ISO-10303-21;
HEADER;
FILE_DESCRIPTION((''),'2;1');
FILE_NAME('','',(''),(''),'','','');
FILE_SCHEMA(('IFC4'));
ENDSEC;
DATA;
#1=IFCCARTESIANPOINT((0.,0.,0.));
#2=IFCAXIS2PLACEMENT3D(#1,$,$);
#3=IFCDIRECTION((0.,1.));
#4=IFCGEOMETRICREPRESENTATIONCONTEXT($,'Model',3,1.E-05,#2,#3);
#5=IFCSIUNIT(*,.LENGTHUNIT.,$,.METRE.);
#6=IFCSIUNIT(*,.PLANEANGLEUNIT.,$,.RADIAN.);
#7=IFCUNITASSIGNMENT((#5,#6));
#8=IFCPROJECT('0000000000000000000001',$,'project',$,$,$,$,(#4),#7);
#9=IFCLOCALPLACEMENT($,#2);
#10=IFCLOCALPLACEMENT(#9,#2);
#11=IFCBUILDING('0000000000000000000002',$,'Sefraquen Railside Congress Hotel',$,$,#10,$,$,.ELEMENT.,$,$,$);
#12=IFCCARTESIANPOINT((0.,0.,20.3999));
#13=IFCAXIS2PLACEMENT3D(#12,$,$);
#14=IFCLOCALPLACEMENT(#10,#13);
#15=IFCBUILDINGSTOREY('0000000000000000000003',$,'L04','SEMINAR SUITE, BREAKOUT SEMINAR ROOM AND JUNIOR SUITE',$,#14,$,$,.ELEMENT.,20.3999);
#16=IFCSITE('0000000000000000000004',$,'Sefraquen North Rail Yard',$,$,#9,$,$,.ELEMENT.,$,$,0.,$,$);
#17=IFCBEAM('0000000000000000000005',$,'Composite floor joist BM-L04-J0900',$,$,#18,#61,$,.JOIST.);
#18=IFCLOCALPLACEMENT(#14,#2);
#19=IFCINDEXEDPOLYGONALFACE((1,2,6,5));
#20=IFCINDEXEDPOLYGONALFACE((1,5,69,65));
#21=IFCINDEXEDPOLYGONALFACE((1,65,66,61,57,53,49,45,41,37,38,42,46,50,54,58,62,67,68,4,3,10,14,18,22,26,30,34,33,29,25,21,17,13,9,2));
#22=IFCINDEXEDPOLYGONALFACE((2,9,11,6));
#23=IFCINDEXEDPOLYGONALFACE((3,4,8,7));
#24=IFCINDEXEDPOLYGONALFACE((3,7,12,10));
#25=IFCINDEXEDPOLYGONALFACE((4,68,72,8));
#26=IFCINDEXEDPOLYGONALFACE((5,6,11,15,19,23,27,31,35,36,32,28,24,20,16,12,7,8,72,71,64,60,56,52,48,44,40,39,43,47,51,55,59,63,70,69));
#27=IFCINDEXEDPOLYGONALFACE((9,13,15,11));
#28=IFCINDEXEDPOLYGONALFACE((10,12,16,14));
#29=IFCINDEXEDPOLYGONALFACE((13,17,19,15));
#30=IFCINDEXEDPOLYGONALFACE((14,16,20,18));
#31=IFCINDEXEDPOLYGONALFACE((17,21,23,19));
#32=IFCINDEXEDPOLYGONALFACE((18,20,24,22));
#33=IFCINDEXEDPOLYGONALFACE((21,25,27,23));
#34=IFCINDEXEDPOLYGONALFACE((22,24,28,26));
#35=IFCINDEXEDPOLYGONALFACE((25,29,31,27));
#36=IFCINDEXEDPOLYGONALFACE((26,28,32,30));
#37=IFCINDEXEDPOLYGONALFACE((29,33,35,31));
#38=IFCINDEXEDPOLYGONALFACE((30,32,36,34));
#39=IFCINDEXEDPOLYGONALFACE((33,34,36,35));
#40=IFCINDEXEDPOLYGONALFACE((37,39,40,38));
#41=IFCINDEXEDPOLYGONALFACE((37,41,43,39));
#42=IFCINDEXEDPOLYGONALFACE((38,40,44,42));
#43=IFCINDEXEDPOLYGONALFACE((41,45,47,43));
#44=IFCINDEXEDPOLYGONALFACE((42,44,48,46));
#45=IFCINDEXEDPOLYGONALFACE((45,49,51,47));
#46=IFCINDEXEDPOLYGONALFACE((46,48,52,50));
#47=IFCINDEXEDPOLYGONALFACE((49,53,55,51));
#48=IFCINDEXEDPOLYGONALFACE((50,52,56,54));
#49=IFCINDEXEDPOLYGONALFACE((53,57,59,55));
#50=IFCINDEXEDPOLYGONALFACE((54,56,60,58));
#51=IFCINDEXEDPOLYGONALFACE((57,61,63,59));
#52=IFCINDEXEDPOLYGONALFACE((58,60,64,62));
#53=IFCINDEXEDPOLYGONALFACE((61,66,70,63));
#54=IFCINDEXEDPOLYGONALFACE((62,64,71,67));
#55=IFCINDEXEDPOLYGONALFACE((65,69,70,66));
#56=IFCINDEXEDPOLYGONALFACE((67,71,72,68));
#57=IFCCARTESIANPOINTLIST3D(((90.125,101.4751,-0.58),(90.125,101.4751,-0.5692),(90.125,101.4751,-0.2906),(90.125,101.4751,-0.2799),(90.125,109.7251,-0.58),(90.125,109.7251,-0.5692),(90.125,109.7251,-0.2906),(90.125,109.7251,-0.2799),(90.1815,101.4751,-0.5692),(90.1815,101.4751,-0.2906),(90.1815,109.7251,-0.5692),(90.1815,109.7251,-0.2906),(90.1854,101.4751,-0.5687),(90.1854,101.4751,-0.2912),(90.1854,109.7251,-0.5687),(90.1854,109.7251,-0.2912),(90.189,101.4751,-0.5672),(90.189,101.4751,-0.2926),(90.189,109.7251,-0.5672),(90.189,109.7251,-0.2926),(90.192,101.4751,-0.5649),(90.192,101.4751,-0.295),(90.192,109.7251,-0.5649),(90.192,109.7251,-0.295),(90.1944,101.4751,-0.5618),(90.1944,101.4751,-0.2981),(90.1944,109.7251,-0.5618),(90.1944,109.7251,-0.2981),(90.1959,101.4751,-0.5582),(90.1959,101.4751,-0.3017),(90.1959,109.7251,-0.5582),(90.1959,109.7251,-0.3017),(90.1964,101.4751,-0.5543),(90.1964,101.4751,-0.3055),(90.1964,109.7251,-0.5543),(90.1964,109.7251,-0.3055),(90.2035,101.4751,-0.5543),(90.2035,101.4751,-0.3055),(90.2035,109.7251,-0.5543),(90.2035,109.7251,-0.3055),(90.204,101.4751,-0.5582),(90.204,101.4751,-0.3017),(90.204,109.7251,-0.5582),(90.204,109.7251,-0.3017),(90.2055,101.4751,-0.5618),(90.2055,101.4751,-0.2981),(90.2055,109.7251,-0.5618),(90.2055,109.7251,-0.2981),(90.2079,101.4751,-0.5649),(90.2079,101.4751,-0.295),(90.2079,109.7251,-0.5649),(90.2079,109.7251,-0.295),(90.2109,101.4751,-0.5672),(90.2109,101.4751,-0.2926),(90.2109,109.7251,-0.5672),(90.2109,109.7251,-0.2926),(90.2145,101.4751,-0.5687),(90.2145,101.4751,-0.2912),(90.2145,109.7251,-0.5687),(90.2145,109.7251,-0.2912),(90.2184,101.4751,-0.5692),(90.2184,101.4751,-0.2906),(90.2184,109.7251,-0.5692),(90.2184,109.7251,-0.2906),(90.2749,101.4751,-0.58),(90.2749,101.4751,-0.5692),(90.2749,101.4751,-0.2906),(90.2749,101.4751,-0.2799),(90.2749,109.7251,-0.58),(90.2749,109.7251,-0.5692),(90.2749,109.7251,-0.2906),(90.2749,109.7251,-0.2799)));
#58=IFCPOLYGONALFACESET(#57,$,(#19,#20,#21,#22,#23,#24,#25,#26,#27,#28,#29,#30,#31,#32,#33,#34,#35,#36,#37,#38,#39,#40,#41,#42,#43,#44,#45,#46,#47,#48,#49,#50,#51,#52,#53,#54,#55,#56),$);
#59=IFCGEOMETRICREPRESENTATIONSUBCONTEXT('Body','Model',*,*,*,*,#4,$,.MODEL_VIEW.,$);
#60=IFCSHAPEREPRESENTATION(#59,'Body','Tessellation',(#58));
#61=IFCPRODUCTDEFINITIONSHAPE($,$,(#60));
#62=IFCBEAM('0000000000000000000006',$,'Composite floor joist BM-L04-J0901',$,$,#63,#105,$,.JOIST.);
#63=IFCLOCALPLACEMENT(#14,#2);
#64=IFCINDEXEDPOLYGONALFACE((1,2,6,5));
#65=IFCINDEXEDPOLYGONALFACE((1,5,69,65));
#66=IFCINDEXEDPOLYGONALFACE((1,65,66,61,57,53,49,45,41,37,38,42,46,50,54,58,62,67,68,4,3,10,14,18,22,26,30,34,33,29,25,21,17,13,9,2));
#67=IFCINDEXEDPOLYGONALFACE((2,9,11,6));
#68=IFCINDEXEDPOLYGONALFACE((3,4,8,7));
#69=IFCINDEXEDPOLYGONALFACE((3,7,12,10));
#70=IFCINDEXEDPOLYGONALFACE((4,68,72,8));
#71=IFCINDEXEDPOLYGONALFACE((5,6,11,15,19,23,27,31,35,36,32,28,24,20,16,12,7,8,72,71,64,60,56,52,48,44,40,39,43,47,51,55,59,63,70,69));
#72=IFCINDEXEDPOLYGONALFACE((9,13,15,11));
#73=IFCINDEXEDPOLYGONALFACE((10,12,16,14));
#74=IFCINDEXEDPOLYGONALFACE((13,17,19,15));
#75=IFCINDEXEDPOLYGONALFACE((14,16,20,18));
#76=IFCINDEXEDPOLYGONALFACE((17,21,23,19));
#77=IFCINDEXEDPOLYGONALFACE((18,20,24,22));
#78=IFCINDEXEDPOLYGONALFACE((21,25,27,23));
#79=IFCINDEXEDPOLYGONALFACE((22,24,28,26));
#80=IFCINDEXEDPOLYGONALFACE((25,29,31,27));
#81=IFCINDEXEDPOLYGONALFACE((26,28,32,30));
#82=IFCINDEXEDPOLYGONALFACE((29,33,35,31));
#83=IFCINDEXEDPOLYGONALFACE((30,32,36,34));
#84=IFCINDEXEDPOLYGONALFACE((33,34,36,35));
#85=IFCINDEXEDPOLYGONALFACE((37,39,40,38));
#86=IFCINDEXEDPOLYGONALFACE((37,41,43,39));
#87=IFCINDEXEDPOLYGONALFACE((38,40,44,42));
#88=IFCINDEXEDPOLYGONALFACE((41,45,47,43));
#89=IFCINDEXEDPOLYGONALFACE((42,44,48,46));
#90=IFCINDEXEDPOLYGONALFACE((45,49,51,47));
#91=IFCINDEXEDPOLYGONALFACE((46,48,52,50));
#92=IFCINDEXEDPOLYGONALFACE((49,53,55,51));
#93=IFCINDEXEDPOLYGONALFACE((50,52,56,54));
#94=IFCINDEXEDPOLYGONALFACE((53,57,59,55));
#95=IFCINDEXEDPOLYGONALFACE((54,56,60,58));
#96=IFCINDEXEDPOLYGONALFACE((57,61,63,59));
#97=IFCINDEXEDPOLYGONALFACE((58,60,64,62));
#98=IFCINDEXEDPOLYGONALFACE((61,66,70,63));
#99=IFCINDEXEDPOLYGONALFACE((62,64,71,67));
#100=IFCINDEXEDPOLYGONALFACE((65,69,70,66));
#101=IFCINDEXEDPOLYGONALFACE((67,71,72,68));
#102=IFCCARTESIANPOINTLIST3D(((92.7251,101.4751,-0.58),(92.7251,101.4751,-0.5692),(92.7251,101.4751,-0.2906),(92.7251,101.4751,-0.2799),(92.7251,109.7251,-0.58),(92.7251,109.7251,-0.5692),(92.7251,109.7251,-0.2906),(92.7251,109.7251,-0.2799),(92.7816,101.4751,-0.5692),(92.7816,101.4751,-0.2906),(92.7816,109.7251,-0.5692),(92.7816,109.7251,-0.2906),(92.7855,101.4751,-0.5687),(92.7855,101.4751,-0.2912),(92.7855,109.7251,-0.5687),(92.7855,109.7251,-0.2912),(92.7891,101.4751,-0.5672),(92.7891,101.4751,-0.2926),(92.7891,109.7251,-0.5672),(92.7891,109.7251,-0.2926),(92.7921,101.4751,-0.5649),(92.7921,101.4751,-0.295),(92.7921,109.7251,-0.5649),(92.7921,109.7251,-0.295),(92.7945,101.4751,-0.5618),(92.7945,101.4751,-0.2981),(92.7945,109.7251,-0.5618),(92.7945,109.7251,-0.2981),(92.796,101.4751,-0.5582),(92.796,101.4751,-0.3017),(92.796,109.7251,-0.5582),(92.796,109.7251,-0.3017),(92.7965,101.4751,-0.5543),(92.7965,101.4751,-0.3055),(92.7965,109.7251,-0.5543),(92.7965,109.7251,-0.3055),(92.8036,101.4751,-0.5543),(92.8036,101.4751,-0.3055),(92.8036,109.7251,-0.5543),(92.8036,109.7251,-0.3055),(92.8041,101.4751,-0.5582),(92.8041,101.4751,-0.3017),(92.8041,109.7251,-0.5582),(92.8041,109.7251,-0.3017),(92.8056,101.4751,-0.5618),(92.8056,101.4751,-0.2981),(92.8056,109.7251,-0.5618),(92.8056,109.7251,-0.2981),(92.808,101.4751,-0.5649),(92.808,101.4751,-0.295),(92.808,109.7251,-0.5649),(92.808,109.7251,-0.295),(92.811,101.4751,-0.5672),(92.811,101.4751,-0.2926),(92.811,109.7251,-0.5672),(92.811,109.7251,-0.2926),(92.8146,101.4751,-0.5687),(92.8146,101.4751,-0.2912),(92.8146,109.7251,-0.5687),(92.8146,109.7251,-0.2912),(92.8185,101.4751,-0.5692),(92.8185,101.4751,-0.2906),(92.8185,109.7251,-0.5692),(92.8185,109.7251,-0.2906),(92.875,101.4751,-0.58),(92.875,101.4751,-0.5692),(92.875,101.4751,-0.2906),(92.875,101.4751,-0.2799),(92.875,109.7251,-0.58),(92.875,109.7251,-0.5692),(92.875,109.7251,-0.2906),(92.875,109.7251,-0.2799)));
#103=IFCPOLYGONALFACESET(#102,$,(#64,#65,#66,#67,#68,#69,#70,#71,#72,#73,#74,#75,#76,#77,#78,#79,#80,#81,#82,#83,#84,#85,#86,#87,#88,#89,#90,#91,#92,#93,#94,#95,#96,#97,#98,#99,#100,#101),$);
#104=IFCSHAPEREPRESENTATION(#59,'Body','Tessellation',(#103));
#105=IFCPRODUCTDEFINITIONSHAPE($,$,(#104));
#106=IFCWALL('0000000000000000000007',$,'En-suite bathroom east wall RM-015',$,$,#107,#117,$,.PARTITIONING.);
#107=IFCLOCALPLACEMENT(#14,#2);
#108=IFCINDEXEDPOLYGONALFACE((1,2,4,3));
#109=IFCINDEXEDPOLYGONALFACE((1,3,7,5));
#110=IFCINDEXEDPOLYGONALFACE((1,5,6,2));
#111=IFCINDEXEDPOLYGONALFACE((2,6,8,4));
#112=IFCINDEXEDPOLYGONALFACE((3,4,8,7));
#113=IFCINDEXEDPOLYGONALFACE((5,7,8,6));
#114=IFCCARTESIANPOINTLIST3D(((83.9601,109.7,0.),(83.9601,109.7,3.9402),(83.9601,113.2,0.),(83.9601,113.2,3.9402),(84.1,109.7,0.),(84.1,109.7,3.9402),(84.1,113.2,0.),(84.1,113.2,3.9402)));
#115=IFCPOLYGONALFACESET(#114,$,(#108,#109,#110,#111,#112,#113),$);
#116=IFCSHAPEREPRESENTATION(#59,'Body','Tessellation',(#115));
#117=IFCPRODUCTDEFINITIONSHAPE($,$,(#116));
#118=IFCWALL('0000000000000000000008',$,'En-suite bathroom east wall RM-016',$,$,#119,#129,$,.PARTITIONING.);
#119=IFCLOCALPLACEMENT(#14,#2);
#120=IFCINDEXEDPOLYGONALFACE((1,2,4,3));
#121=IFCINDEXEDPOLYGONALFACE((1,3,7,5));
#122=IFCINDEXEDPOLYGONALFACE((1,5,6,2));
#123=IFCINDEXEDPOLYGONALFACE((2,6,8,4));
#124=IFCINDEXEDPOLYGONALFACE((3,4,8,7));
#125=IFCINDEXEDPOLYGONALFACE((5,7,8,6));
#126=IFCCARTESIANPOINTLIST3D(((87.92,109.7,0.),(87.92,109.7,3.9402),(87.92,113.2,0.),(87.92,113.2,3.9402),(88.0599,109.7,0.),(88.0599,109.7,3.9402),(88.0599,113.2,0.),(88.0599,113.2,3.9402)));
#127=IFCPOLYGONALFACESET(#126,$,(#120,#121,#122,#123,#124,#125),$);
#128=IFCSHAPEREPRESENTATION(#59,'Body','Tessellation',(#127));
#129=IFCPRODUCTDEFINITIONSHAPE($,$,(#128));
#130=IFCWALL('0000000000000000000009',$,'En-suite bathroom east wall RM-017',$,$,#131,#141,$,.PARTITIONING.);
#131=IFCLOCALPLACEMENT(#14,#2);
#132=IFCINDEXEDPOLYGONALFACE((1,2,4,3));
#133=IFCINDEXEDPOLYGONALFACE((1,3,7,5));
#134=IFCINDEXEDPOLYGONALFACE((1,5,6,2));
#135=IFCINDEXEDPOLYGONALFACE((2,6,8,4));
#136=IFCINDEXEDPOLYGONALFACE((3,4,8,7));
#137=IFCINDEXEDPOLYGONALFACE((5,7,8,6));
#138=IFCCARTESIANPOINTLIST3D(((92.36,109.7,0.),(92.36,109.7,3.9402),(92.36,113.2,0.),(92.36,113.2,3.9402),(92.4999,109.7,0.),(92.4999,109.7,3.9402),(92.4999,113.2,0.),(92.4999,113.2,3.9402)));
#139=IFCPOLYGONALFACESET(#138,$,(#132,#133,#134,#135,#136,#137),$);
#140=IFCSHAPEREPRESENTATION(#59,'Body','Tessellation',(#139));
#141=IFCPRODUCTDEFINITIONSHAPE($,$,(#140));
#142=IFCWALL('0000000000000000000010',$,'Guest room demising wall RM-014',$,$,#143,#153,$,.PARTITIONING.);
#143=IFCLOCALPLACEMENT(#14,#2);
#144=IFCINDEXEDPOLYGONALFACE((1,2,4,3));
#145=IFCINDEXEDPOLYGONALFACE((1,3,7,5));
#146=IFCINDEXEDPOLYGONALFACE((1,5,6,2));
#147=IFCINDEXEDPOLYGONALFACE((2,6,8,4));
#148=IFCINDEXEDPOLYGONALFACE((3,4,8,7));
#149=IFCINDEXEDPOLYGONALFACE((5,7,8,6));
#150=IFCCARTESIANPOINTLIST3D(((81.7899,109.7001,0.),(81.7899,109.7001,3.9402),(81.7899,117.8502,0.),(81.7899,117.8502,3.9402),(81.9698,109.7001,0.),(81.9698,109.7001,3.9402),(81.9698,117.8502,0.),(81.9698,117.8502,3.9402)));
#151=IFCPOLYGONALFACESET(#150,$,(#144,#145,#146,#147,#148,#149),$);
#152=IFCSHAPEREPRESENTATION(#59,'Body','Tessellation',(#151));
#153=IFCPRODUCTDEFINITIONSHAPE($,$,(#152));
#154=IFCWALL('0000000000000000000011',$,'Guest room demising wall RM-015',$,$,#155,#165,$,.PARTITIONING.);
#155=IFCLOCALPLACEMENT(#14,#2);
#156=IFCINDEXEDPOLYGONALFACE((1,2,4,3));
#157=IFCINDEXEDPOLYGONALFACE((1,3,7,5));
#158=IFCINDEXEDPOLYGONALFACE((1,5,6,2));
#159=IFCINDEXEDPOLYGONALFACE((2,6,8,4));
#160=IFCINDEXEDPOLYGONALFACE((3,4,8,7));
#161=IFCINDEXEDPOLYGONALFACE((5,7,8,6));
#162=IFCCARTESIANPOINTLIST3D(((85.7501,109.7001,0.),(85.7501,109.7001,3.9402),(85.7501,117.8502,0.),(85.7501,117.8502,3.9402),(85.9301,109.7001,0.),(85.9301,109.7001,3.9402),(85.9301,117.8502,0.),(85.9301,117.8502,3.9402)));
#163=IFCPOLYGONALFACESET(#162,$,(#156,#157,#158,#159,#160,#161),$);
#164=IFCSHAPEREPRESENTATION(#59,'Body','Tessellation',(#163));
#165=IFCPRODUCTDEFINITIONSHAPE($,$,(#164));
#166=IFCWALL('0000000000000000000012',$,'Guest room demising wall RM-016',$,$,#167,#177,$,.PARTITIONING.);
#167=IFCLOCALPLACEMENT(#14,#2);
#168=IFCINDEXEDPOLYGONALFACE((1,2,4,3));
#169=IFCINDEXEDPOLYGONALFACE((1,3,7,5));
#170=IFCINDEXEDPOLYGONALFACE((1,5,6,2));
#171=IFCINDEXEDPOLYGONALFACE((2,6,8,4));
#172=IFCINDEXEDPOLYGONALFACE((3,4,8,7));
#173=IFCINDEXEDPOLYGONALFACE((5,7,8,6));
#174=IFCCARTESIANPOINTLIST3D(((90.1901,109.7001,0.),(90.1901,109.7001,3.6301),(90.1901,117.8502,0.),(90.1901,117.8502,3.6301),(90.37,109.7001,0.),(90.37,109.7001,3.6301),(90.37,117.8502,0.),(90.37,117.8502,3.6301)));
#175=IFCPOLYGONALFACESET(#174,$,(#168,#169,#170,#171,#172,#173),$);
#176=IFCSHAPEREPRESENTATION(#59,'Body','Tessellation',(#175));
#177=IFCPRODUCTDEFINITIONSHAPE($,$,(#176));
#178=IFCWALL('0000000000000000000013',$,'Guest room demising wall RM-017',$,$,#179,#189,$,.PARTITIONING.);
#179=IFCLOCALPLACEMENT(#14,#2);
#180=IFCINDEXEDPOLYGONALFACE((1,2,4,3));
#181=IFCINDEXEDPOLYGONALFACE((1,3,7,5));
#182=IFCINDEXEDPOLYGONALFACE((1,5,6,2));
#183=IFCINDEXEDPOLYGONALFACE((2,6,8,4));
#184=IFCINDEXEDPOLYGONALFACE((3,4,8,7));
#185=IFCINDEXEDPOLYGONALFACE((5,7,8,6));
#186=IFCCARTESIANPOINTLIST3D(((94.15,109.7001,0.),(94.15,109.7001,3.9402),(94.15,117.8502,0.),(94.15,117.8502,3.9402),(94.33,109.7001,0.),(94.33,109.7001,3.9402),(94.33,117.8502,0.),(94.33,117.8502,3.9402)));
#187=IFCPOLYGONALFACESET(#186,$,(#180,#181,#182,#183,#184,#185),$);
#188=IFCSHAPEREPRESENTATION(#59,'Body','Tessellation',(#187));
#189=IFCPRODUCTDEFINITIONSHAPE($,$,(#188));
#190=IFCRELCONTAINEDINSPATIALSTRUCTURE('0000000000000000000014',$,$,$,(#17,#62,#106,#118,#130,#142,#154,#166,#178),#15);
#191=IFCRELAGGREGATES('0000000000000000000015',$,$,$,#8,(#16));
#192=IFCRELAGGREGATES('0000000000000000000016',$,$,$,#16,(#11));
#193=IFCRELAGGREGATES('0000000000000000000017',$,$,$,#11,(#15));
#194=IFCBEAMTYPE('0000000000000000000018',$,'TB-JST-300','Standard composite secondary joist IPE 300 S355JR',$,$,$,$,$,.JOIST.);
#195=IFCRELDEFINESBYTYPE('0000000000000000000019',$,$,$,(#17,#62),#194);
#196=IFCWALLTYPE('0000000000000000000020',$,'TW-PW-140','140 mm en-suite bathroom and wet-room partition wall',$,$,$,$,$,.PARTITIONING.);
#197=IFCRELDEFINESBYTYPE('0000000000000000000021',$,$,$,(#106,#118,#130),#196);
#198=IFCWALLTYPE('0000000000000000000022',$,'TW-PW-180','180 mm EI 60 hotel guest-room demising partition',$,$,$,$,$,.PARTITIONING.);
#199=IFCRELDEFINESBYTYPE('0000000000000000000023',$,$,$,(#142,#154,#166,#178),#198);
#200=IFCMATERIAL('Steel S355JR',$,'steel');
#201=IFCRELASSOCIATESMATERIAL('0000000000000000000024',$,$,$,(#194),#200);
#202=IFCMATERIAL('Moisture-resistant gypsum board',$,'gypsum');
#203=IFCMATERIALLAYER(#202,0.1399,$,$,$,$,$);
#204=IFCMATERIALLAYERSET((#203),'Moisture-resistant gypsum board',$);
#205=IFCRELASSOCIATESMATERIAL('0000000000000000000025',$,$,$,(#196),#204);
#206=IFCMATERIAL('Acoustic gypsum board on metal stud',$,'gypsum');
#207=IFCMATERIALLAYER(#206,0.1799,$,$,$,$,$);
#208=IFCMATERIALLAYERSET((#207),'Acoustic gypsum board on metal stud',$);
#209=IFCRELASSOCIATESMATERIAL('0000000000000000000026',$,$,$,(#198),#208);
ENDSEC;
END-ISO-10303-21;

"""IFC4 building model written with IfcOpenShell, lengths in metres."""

from ifc_helpers import new_model, si_unit, direction, frame, frame_2d, origin, origin_2d, place, context, subcontext, project, spatial, rectangle, i_section, extrude, material, layer, layer_set, material_profile, profile_set, type_object, element, save


model = new_model("IFC4")

# Units and contexts
model_context = context("Model", 3, precision=1e-05, world=origin(), true_north=direction((0.0, 1.0)))
body_context = subcontext(model_context, "Body", "Model", "MODEL_VIEW")
ifc_project = project(units=[si_unit("LENGTHUNIT", "METRE"), si_unit("PLANEANGLEUNIT", "RADIAN")], contexts=[model_context])

# Site, building, storey
site_placement = place(None, origin())
site = spatial("IfcSite", under=ifc_project, at=site_placement, Name="Sefraquen North Rail Yard", CompositionType="ELEMENT", RefElevation=0.0)
building_placement = place(site_placement, origin())
building = spatial("IfcBuilding", under=site, at=building_placement, Name="Sefraquen Railside Congress Hotel", CompositionType="ELEMENT")
storey_placement = place(building_placement, frame((0.0, 0.0, 20.3999)))
storey = spatial("IfcBuildingStorey", under=building, at=storey_placement, Name="L04", Description="SEMINAR SUITE, BREAKOUT SEMINAR ROOM AND JUNIOR SUITE", CompositionType="ELEMENT", Elevation=20.3999)

# Shared definitions
ifc_material_1 = material(Name="Steel S355JR", Category="steel")

# Beams
ifc_material_profile_1 = material_profile(ifc_material_1, i_section(OverallWidth=0.1499, OverallDepth=0.3, WebThickness=0.0071, FlangeThickness=0.0107, FilletRadius=0.0149, at=origin_2d()), Name="IPE 300")
ifc_profile_set_1 = profile_set([ifc_material_profile_1], Name="Steel S355JR")
beam_type_1 = type_object("IfcBeamType", Name="TB-JST-300", Description="Standard composite secondary joist IPE 300 S355JR", PredefinedType="JOIST", material=ifc_profile_set_1)
for number, where, z_axis, x_axis, name in (
    (1, (90.2, 101.4751, -0.4299), (0.0, 1.0, 0.0), (-1.0, 0.0, 0.0), "Composite floor joist BM-L04-J0900"),
    (2, (92.8, 101.4751, -0.4299), (0.0, 1.0, 0.0), (-1.0, 0.0, 0.0), "Composite floor joist BM-L04-J0901"),
):
    element("IfcBeam", number, at=place(storey_placement, frame(where, z_axis=z_axis, x_axis=x_axis)), inside=storey, type_object=beam_type_1, Name=name, PredefinedType="JOIST", context=body_context, shape_type="SweptSolid", body=[
        extrude(i_section(OverallWidth=0.1499, OverallDepth=0.3, WebThickness=0.0071, FlangeThickness=0.0107, FilletRadius=0.0149, at=origin_2d()), origin(), (0.0, 0.0, 1.0), 8.25),
    ])

# Walls
ifc_material_2 = material(Name="Moisture-resistant gypsum board", Category="gypsum")
ifc_layer_1 = layer(ifc_material_2, 0.1399)
ifc_layer_set_1 = layer_set([ifc_layer_1], Name="Moisture-resistant gypsum board")
wall_type_1 = type_object("IfcWallType", Name="TW-PW-140", Description="140 mm en-suite bathroom and wet-room partition wall", PredefinedType="PARTITIONING", material=ifc_layer_set_1)
for number, where, z_axis, x_axis, name in (
    (3, (84.03, 109.7, 0.0), (0.0, 0.0, 1.0), (0.0, 1.0, 0.0), "En-suite bathroom east wall RM-015"),
    (4, (87.99, 109.7, 0.0), (0.0, 0.0, 1.0), (0.0, 1.0, 0.0), "En-suite bathroom east wall RM-016"),
    (5, (92.4299, 109.7, 0.0), (0.0, 0.0, 1.0), (0.0, 1.0, 0.0), "En-suite bathroom east wall RM-017"),
):
    element("IfcWall", number, at=place(storey_placement, frame(where, z_axis=z_axis, x_axis=x_axis)), inside=storey, type_object=wall_type_1, Name=name, PredefinedType="PARTITIONING", context=body_context, shape_type="SweptSolid", body=[
        extrude(rectangle(XDim=3.5, YDim=0.1399, at=frame_2d((1.75, 0.0))), origin(), (0.0, 0.0, 1.0), 3.9402),
    ])
ifc_material_3 = material(Name="Acoustic gypsum board on metal stud", Category="gypsum")
ifc_layer_2 = layer(ifc_material_3, 0.1799)
ifc_layer_set_2 = layer_set([ifc_layer_2], Name="Acoustic gypsum board on metal stud")
wall_type_2 = type_object("IfcWallType", Name="TW-PW-180", Description="180 mm EI 60 hotel guest-room demising partition", PredefinedType="PARTITIONING", material=ifc_layer_set_2)
for number, where, z_axis, x_axis, name in (
    (6, (81.8799, 109.7, 0.0), (0.0, 0.0, 1.0), (0.0, 1.0, 0.0), "Guest room demising wall RM-014"),
    (7, (85.8401, 109.7, 0.0), (0.0, 0.0, 1.0), (0.0, 1.0, 0.0), "Guest room demising wall RM-015"),
):
    element("IfcWall", number, at=place(storey_placement, frame(where, z_axis=z_axis, x_axis=x_axis)), inside=storey, type_object=wall_type_2, Name=name, PredefinedType="PARTITIONING", context=body_context, shape_type="SweptSolid", body=[
        extrude(rectangle(XDim=8.1501, YDim=0.1799, at=frame_2d((4.0752, 0.0))), origin(), (0.0, 0.0, 1.0), 3.9402),
    ])
wall_1_placement = place(storey_placement, frame((90.28, 109.7, 0.0), z_axis=(0.0, 0.0, 1.0), x_axis=(0.0, 1.0, 0.0)))
element("IfcWall", 8, at=wall_1_placement, inside=storey, type_object=wall_type_2, Name="Guest room demising wall RM-016", PredefinedType="PARTITIONING", context=body_context, shape_type="SweptSolid", body=[
    extrude(rectangle(XDim=8.1501, YDim=0.1799, at=frame_2d((4.0752, 0.0))), origin(), (0.0, 0.0, 1.0), 3.6301),
])
wall_2_placement = place(storey_placement, frame((94.24, 109.7, 0.0), z_axis=(0.0, 0.0, 1.0), x_axis=(0.0, 1.0, 0.0)))
element("IfcWall", 9, at=wall_2_placement, inside=storey, type_object=wall_type_2, Name="Guest room demising wall RM-017", PredefinedType="PARTITIONING", context=body_context, shape_type="SweptSolid", body=[
    extrude(rectangle(XDim=8.1501, YDim=0.1799, at=frame_2d((4.0752, 0.0))), origin(), (0.0, 0.0, 1.0), 3.9402),
])

save(model, "model.ifc")
